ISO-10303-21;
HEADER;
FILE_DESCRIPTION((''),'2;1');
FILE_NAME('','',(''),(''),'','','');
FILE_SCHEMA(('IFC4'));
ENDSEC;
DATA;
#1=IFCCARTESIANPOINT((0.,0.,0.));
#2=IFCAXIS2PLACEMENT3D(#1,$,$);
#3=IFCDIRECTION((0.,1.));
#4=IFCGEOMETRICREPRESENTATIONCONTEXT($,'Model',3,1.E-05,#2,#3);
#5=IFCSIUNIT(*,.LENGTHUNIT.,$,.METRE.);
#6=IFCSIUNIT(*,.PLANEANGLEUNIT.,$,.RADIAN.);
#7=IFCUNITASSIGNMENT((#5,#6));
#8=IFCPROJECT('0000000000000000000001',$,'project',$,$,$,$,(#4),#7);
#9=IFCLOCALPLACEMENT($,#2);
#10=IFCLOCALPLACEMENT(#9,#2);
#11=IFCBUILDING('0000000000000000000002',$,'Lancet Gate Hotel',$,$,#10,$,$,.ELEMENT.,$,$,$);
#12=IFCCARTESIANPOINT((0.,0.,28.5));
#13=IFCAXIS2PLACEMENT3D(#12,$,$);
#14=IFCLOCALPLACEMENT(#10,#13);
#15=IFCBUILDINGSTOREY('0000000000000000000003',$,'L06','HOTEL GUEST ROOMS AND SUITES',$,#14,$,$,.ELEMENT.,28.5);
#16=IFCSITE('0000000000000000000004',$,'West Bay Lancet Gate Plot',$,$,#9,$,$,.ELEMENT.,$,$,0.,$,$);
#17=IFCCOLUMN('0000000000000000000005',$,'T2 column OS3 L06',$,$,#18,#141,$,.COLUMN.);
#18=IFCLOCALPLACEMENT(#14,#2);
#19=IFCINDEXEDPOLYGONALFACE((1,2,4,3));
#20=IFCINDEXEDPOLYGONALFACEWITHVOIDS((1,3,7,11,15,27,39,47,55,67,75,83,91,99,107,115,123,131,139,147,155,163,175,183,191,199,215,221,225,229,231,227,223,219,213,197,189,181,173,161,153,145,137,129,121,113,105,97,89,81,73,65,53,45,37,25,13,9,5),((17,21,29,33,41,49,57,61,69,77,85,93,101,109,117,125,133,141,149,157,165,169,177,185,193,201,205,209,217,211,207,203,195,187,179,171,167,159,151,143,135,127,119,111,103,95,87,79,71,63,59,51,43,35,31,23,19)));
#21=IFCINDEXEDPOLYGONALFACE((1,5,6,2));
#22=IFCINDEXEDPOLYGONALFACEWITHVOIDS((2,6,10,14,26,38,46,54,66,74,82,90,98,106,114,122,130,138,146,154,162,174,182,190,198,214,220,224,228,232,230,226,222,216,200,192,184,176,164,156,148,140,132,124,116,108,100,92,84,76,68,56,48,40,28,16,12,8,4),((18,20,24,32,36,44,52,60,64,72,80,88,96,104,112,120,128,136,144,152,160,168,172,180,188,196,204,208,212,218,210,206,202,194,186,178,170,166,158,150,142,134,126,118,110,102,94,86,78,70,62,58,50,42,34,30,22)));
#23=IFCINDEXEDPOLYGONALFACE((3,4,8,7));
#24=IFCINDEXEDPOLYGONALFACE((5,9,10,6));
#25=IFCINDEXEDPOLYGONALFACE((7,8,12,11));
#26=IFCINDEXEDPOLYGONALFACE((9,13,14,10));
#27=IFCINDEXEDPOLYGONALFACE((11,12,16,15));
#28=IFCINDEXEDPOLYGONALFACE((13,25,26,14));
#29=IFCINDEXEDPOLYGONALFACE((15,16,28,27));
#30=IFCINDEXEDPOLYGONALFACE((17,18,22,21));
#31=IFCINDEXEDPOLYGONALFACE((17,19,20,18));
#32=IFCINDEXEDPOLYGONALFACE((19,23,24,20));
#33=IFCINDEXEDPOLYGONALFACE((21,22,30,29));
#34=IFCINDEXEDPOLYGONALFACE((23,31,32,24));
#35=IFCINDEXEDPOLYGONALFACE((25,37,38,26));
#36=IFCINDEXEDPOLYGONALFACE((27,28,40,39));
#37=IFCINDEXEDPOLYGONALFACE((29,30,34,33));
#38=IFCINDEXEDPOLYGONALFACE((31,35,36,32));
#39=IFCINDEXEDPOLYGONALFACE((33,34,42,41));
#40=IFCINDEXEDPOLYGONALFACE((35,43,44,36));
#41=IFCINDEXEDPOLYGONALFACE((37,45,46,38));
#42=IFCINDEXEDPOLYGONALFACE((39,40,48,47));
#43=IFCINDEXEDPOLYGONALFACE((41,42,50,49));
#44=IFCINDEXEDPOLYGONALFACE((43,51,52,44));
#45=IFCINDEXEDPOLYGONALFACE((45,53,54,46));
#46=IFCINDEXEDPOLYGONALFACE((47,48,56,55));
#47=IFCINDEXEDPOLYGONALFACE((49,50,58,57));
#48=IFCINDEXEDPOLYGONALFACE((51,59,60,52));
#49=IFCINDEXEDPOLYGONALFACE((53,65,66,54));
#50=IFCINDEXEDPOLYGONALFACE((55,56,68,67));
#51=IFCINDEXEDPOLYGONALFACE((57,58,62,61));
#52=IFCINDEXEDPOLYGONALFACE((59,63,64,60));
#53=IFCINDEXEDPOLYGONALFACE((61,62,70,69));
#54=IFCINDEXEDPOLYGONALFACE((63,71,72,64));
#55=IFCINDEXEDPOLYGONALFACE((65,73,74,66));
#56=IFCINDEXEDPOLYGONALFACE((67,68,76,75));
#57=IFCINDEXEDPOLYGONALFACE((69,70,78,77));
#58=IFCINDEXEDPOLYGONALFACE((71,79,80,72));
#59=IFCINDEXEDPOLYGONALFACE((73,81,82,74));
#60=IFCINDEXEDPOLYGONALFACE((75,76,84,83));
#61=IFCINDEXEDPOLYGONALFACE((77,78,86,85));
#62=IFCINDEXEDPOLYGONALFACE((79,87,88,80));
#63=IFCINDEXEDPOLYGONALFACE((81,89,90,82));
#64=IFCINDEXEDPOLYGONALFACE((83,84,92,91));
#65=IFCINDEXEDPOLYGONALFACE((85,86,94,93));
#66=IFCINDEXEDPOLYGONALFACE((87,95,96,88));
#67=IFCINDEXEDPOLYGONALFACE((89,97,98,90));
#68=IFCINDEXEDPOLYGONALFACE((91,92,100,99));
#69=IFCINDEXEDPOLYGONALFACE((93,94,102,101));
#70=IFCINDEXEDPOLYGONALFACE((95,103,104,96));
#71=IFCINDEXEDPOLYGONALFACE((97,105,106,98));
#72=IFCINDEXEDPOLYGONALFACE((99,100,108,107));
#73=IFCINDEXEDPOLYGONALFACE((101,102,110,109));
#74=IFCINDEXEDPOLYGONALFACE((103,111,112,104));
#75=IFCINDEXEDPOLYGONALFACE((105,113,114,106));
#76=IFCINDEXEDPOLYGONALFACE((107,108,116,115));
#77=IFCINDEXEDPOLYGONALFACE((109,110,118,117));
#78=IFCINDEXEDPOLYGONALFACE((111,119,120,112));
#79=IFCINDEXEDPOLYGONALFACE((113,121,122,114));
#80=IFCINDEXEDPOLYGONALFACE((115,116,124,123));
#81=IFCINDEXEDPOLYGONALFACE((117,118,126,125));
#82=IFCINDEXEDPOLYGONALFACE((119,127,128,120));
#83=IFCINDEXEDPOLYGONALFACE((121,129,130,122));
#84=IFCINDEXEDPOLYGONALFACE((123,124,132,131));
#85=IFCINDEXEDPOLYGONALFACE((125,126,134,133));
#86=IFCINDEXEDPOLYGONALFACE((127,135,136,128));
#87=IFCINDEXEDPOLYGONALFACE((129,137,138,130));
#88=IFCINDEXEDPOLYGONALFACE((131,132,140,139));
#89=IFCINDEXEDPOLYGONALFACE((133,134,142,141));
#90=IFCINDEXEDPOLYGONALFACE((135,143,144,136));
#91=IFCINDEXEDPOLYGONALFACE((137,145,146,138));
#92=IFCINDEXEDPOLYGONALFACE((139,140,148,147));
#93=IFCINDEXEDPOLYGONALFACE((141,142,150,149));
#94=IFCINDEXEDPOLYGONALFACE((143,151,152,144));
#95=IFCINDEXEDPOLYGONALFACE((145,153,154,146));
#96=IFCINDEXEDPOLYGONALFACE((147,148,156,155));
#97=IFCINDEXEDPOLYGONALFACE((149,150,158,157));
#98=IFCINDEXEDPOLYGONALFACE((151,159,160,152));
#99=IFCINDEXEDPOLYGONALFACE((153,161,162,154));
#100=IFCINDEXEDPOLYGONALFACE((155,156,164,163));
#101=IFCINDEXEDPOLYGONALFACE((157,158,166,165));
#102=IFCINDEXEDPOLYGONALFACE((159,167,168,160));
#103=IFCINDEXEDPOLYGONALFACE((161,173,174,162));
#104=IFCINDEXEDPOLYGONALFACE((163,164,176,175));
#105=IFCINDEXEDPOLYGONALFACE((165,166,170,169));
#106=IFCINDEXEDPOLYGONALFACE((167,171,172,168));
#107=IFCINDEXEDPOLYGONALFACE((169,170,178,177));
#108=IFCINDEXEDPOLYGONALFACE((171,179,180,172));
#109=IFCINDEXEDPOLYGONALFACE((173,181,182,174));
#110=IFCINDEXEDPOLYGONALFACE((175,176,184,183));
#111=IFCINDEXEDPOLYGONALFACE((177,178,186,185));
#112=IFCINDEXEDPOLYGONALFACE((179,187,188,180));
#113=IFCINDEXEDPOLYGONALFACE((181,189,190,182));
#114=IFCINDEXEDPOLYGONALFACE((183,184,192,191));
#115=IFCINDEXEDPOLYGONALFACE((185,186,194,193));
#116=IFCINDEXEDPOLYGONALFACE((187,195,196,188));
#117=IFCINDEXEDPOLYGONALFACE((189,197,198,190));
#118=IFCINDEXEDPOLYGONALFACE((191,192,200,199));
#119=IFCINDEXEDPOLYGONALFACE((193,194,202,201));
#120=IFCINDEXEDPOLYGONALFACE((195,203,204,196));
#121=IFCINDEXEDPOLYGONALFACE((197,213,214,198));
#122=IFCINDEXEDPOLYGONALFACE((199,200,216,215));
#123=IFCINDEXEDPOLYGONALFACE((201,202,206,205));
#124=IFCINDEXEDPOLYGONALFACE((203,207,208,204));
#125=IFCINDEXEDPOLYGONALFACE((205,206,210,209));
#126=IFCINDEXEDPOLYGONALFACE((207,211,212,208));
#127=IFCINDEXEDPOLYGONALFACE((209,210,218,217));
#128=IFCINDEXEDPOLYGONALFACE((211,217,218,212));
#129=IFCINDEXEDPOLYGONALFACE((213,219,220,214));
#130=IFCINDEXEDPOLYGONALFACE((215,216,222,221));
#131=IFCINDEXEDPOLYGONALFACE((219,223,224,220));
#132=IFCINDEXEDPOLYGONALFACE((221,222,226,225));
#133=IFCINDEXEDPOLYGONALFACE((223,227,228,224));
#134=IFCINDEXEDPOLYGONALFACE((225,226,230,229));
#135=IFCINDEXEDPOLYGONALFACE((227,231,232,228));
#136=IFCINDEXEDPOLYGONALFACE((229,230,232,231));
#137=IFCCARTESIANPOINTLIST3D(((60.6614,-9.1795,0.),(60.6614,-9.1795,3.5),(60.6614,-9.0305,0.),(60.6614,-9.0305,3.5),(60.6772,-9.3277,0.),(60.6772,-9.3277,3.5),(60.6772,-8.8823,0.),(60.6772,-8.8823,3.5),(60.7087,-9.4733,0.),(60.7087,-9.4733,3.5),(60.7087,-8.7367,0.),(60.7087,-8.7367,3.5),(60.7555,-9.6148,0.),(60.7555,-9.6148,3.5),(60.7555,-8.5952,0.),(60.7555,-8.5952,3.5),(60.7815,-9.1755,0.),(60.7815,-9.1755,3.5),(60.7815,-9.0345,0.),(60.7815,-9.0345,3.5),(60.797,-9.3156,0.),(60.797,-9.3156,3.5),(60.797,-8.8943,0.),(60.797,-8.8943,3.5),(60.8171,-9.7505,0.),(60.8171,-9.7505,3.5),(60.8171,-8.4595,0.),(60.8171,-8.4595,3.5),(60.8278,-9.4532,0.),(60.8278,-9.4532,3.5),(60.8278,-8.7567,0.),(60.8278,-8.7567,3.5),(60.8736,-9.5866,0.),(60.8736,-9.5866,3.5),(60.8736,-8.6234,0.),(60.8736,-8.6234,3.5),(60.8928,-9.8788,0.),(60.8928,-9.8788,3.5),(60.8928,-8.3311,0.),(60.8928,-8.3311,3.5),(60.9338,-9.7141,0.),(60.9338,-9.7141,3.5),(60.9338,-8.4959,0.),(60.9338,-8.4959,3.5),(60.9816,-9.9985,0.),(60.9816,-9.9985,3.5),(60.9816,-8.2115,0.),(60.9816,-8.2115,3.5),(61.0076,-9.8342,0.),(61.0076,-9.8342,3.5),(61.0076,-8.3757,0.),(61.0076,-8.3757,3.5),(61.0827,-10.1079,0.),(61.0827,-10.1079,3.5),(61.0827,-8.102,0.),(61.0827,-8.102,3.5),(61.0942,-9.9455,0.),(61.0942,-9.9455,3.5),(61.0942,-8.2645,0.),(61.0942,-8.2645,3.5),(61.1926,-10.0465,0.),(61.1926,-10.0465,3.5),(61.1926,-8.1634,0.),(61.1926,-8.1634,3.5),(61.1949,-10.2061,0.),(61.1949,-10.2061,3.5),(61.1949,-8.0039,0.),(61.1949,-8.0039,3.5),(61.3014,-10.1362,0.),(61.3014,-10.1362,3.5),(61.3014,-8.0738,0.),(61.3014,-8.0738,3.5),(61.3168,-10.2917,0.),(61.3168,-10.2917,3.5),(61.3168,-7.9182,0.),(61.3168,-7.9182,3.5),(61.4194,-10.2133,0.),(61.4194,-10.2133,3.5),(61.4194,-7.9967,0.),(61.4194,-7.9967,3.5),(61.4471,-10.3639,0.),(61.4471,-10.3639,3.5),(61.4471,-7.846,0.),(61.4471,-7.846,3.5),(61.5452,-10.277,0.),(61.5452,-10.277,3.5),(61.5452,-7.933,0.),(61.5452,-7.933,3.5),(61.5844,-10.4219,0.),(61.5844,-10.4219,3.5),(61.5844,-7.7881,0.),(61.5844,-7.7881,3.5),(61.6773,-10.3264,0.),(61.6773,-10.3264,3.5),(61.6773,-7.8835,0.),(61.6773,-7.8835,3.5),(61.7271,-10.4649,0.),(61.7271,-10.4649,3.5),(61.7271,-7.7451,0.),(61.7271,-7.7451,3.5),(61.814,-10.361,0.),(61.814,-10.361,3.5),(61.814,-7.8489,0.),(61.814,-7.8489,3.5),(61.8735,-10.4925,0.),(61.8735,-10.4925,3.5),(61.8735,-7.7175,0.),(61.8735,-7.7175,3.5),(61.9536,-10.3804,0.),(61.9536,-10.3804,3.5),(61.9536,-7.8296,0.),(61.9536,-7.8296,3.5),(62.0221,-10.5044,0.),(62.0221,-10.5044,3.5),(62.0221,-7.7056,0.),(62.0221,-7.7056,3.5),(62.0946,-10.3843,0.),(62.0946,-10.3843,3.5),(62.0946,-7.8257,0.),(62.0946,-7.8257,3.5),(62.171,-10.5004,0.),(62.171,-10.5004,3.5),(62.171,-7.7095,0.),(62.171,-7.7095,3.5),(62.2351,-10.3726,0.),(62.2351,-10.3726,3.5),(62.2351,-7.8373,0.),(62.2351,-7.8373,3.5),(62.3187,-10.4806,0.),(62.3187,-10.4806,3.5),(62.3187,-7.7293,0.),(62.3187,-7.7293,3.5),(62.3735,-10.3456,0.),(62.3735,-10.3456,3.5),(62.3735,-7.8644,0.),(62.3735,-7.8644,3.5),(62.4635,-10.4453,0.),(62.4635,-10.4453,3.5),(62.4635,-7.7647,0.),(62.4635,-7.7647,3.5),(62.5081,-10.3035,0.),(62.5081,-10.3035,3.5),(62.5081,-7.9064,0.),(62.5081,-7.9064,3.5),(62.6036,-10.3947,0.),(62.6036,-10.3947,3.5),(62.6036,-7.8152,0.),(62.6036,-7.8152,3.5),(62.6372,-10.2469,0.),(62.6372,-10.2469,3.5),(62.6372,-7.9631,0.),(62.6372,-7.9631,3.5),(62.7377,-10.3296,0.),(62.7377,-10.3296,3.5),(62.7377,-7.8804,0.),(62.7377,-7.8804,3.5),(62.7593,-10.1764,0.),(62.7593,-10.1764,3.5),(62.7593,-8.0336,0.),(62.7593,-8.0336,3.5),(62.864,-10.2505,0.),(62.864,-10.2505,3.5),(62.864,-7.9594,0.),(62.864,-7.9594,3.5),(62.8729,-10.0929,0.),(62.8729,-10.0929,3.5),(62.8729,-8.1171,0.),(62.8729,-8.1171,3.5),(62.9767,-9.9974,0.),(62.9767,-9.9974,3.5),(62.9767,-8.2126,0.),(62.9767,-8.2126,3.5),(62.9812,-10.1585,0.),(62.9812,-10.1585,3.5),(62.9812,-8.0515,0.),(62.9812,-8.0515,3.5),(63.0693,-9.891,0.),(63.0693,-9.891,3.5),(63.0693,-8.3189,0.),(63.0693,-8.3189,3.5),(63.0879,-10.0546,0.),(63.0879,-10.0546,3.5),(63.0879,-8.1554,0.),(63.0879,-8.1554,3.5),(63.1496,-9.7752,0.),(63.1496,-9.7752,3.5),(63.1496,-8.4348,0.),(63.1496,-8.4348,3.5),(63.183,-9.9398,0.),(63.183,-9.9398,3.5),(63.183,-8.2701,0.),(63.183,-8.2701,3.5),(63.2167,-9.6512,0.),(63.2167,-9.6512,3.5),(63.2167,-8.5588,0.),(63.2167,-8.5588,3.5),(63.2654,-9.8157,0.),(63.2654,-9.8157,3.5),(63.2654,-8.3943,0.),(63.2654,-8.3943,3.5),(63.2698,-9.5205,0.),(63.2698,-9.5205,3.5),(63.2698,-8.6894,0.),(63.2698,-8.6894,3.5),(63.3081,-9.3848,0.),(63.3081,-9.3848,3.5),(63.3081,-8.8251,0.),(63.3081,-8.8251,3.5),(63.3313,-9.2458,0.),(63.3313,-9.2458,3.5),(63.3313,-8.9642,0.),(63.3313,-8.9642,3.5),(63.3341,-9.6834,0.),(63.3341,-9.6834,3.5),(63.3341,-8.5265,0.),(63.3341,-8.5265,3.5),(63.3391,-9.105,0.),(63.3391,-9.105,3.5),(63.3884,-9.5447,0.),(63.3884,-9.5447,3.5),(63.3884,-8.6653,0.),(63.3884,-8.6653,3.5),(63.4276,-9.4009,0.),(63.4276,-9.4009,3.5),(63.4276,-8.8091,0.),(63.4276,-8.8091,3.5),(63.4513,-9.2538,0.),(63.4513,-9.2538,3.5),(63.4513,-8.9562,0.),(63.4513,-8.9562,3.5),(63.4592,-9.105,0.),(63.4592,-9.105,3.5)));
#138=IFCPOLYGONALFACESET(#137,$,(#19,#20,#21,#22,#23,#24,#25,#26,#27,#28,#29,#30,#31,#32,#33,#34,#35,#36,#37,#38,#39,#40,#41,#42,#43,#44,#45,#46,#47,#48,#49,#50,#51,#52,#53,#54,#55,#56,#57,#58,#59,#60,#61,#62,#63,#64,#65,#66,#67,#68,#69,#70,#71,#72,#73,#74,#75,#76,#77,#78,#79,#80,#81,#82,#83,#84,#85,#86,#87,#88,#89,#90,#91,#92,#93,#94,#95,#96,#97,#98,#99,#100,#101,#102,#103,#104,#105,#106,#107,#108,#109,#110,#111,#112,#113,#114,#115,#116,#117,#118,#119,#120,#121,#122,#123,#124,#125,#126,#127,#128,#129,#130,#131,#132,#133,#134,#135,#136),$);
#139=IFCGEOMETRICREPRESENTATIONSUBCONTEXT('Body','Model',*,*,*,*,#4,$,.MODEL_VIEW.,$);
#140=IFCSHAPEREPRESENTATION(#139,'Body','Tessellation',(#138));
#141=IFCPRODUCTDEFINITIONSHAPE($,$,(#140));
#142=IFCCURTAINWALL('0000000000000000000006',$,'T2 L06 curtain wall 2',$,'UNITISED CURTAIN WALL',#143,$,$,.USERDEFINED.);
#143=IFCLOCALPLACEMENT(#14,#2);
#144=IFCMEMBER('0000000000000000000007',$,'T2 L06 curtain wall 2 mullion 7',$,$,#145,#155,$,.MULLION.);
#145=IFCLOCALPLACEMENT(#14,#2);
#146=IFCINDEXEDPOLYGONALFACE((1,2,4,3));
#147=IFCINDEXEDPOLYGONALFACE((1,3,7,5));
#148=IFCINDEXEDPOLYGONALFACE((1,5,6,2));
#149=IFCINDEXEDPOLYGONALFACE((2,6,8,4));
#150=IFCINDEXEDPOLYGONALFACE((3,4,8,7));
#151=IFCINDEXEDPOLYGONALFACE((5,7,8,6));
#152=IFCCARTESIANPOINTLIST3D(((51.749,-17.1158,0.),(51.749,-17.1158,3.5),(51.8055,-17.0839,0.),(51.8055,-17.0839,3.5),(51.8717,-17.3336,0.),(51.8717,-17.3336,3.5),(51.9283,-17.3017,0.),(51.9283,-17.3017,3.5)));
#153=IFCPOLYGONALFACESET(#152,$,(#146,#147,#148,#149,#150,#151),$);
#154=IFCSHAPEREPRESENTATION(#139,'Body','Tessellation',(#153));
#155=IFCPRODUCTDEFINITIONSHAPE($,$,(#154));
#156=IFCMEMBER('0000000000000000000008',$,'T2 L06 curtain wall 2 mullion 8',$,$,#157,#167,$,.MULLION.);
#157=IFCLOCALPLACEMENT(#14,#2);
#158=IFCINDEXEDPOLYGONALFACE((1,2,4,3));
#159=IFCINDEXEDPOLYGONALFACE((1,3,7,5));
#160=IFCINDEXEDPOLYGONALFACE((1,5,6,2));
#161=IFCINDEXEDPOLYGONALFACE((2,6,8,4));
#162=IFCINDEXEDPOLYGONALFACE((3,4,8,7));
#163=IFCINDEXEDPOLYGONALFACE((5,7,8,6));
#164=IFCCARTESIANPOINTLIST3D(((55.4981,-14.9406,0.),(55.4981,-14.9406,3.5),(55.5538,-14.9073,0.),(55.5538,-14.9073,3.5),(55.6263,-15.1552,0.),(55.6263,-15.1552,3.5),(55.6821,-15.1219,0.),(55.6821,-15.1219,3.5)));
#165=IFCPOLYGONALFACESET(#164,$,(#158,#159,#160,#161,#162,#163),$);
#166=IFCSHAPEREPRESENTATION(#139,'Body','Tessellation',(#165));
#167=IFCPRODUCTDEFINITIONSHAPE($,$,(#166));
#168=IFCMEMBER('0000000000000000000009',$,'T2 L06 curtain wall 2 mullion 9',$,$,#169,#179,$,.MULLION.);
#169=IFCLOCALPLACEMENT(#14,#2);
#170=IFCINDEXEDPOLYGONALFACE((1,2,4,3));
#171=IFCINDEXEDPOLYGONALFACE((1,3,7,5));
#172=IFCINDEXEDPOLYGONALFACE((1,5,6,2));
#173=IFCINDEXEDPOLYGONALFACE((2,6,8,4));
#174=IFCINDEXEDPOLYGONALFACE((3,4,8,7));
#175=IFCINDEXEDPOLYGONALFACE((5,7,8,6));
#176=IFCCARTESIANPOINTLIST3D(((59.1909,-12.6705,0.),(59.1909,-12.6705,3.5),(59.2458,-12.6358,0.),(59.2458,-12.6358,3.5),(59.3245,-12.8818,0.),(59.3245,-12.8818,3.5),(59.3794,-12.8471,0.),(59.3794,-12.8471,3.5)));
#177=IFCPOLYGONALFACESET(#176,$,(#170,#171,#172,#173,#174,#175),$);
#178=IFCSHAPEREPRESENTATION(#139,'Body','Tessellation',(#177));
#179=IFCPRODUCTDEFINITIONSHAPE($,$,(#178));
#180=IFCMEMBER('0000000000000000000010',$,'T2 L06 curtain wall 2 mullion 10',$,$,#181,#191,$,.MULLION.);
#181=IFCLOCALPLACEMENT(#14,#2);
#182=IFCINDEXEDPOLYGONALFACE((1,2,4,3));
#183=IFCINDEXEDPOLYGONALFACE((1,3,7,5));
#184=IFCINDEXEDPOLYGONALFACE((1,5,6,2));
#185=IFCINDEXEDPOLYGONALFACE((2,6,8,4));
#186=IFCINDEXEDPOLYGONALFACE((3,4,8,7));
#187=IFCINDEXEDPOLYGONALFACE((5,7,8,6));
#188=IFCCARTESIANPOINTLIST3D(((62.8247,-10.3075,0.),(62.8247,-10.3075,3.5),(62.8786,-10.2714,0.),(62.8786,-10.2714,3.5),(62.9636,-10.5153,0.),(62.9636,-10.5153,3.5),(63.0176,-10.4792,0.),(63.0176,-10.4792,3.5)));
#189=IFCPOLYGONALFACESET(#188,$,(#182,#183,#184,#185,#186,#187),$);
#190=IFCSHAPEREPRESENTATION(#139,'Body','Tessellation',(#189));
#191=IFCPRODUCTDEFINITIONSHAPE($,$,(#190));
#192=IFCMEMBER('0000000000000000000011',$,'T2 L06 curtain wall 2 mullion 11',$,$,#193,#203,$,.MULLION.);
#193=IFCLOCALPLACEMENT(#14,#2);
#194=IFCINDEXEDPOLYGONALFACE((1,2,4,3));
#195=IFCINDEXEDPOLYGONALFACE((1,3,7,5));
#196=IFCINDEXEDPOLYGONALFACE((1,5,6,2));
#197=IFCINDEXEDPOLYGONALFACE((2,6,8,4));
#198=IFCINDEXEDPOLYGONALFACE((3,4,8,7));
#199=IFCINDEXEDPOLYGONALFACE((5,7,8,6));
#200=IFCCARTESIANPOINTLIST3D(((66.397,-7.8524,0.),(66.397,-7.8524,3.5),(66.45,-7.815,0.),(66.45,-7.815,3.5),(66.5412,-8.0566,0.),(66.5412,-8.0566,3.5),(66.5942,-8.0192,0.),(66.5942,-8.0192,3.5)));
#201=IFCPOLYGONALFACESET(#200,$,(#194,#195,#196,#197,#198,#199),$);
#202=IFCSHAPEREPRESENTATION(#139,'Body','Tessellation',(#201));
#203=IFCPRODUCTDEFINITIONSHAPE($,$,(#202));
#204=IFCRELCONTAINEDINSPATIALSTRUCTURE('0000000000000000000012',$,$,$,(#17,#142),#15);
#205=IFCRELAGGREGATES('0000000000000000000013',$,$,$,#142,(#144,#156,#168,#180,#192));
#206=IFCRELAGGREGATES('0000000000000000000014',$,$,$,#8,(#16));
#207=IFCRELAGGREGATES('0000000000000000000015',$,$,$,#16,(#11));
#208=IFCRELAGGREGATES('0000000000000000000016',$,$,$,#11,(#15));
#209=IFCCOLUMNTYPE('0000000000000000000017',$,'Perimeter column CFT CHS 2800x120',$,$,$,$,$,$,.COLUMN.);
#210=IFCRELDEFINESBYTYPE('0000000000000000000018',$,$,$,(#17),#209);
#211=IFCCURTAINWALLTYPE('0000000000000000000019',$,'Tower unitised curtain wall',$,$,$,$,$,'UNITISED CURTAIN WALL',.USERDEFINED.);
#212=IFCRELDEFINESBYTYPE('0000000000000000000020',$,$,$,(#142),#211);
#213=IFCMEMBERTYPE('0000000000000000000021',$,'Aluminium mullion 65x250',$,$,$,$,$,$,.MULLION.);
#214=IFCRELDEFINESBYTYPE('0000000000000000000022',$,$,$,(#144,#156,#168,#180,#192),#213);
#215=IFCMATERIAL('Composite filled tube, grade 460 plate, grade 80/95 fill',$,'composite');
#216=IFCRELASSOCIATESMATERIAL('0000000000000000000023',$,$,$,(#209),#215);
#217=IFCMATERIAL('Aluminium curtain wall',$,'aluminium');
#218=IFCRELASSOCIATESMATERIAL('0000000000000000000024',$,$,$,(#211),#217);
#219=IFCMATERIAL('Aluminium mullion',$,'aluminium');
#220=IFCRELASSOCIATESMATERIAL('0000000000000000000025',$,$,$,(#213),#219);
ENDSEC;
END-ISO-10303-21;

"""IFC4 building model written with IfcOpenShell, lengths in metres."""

from ifc_helpers import new_model, si_unit, direction, frame, origin, origin_2d, place, context, subcontext, project, spatial, rectangle, hollow_circle, extrude, material, material_profile, profile_set, type_object, element, aggregate, save


model = new_model("IFC4")

# Units and contexts
model_context = context("Model", 3, precision=1e-05, world=origin(), true_north=direction((0.0, 1.0)))
body_context = subcontext(model_context, "Body", "Model", "MODEL_VIEW")
ifc_project = project(units=[si_unit("LENGTHUNIT", "METRE"), si_unit("PLANEANGLEUNIT", "RADIAN")], contexts=[model_context])

# Site, building, storey
site_placement = place(None, origin())
site = spatial("IfcSite", under=ifc_project, at=site_placement, Name="West Bay Lancet Gate Plot", CompositionType="ELEMENT", RefElevation=0.0)
building_placement = place(site_placement, origin())
building = spatial("IfcBuilding", under=site, at=building_placement, Name="Lancet Gate Hotel", CompositionType="ELEMENT")
storey_placement = place(building_placement, frame((0.0, 0.0, 28.5)))
storey = spatial("IfcBuildingStorey", under=building, at=storey_placement, Name="L06", Description="HOTEL GUEST ROOMS AND SUITES", CompositionType="ELEMENT", Elevation=28.5)

# Column
ifc_material_1 = material(Name="Composite filled tube, grade 460 plate, grade 80/95 fill", Category="composite")
ifc_material_profile_1 = material_profile(ifc_material_1, hollow_circle(Radius=1.3999, WallThickness=0.1201, at=origin_2d()), Name="CHS 2800x120")
ifc_profile_set_1 = profile_set([ifc_material_profile_1], Name="Composite filled tube, grade 460 plate, grade 80/95 fill")
column_type = type_object("IfcColumnType", Name="Perimeter column CFT CHS 2800x120", PredefinedType="COLUMN", material=ifc_profile_set_1)
for number, where, z_axis, x_axis, name in (
    (1, (62.0593, -9.105, 0.0), (0.0, 0.0, 1.0), (1.0, 0.0, 0.0), "T2 column OS3 L06"),
):
    element("IfcColumn", number, at=place(storey_placement, frame(where, z_axis=z_axis, x_axis=x_axis)), inside=storey, type_object=column_type, Name=name, PredefinedType="COLUMN", context=body_context, shape_type="SweptSolid", body=[
        extrude(hollow_circle(Radius=1.3999, WallThickness=0.1201, at=origin_2d()), origin(), (0.0, 0.0, 1.0), 3.5),
    ])

# Curtain wall, members
ifc_material_2 = material(Name="Aluminium curtain wall", Category="aluminium")
curtain_wall_type = type_object("IfcCurtainWallType", Name="Tower unitised curtain wall", ElementType="UNITISED CURTAIN WALL", PredefinedType="USERDEFINED", material=ifc_material_2)
curtain_wall_placement = place(storey_placement, origin())
curtain_wall = element("IfcCurtainWall", 2, at=curtain_wall_placement, inside=storey, type_object=curtain_wall_type, Name="T2 L06 curtain wall 2", ObjectType="UNITISED CURTAIN WALL", PredefinedType="USERDEFINED")
ifc_material_3 = material(Name="Aluminium mullion", Category="aluminium")
ifc_material_profile_2 = material_profile(ifc_material_3, rectangle(XDim=0.0649, YDim=0.25, at=origin_2d()), Name="MULLION 65x250")
ifc_profile_set_2 = profile_set([ifc_material_profile_2], Name="Aluminium mullion")
member_type_1 = type_object("IfcMemberType", Name="Aluminium mullion 65x250", PredefinedType="MULLION", material=ifc_profile_set_2)
member_1_placement = place(storey_placement, frame((51.8386, -17.2087, 0.0), z_axis=(0.0, 0.0, 1.0), x_axis=(0.87119, 0.490945, 0.0)))
member_1 = element("IfcMember", 3, at=member_1_placement, type_object=member_type_1, Name="T2 L06 curtain wall 2 mullion 7", PredefinedType="MULLION", context=body_context, shape_type="SweptSolid", body=[
    extrude(rectangle(XDim=0.0649, YDim=0.25, at=origin_2d()), origin(), (0.0, 0.0, 1.0), 3.5),
])
member_2_placement = place(storey_placement, frame((55.5901, -15.0312, 0.0), z_axis=(0.0, 0.0, 1.0), x_axis=(0.858413, 0.512959, 0.0)))
member_2 = element("IfcMember", 4, at=member_2_placement, type_object=member_type_1, Name="T2 L06 curtain wall 2 mullion 8", PredefinedType="MULLION", context=body_context, shape_type="SweptSolid", body=[
    extrude(rectangle(XDim=0.0649, YDim=0.25, at=origin_2d()), origin(), (0.0, 0.0, 1.0), 3.5),
])
member_3_placement = place(storey_placement, frame((59.2852, -12.7588, 0.0), z_axis=(0.0, 0.0, 1.0), x_axis=(0.845079, 0.534641, 0.0)))
member_3 = element("IfcMember", 5, at=member_3_placement, type_object=member_type_1, Name="T2 L06 curtain wall 2 mullion 9", PredefinedType="MULLION", context=body_context, shape_type="SweptSolid", body=[
    extrude(rectangle(XDim=0.0649, YDim=0.25, at=origin_2d()), origin(), (0.0, 0.0, 1.0), 3.5),
])
member_4_placement = place(storey_placement, frame((62.9211, -10.3933, 0.0), z_axis=(0.0, 0.0, 1.0), x_axis=(0.831198, 0.555976, 0.0)))
member_4 = element("IfcMember", 6, at=member_4_placement, type_object=member_type_1, Name="T2 L06 curtain wall 2 mullion 10", PredefinedType="MULLION", context=body_context, shape_type="SweptSolid", body=[
    extrude(rectangle(XDim=0.0649, YDim=0.25, at=origin_2d()), origin(), (0.0, 0.0, 1.0), 3.5),
])
member_5_placement = place(storey_placement, frame((66.4956, -7.9358, 0.0), z_axis=(0.0, 0.0, 1.0), x_axis=(0.816779, 0.576951, 0.0)))
member_5 = element("IfcMember", 7, at=member_5_placement, type_object=member_type_1, Name="T2 L06 curtain wall 2 mullion 11", PredefinedType="MULLION", context=body_context, shape_type="SweptSolid", body=[
    extrude(rectangle(XDim=0.0649, YDim=0.25, at=origin_2d()), origin(), (0.0, 0.0, 1.0), 3.5),
])

aggregate(curtain_wall, [member_1, member_2, member_3, member_4, member_5])

save(model, "model.ifc")
